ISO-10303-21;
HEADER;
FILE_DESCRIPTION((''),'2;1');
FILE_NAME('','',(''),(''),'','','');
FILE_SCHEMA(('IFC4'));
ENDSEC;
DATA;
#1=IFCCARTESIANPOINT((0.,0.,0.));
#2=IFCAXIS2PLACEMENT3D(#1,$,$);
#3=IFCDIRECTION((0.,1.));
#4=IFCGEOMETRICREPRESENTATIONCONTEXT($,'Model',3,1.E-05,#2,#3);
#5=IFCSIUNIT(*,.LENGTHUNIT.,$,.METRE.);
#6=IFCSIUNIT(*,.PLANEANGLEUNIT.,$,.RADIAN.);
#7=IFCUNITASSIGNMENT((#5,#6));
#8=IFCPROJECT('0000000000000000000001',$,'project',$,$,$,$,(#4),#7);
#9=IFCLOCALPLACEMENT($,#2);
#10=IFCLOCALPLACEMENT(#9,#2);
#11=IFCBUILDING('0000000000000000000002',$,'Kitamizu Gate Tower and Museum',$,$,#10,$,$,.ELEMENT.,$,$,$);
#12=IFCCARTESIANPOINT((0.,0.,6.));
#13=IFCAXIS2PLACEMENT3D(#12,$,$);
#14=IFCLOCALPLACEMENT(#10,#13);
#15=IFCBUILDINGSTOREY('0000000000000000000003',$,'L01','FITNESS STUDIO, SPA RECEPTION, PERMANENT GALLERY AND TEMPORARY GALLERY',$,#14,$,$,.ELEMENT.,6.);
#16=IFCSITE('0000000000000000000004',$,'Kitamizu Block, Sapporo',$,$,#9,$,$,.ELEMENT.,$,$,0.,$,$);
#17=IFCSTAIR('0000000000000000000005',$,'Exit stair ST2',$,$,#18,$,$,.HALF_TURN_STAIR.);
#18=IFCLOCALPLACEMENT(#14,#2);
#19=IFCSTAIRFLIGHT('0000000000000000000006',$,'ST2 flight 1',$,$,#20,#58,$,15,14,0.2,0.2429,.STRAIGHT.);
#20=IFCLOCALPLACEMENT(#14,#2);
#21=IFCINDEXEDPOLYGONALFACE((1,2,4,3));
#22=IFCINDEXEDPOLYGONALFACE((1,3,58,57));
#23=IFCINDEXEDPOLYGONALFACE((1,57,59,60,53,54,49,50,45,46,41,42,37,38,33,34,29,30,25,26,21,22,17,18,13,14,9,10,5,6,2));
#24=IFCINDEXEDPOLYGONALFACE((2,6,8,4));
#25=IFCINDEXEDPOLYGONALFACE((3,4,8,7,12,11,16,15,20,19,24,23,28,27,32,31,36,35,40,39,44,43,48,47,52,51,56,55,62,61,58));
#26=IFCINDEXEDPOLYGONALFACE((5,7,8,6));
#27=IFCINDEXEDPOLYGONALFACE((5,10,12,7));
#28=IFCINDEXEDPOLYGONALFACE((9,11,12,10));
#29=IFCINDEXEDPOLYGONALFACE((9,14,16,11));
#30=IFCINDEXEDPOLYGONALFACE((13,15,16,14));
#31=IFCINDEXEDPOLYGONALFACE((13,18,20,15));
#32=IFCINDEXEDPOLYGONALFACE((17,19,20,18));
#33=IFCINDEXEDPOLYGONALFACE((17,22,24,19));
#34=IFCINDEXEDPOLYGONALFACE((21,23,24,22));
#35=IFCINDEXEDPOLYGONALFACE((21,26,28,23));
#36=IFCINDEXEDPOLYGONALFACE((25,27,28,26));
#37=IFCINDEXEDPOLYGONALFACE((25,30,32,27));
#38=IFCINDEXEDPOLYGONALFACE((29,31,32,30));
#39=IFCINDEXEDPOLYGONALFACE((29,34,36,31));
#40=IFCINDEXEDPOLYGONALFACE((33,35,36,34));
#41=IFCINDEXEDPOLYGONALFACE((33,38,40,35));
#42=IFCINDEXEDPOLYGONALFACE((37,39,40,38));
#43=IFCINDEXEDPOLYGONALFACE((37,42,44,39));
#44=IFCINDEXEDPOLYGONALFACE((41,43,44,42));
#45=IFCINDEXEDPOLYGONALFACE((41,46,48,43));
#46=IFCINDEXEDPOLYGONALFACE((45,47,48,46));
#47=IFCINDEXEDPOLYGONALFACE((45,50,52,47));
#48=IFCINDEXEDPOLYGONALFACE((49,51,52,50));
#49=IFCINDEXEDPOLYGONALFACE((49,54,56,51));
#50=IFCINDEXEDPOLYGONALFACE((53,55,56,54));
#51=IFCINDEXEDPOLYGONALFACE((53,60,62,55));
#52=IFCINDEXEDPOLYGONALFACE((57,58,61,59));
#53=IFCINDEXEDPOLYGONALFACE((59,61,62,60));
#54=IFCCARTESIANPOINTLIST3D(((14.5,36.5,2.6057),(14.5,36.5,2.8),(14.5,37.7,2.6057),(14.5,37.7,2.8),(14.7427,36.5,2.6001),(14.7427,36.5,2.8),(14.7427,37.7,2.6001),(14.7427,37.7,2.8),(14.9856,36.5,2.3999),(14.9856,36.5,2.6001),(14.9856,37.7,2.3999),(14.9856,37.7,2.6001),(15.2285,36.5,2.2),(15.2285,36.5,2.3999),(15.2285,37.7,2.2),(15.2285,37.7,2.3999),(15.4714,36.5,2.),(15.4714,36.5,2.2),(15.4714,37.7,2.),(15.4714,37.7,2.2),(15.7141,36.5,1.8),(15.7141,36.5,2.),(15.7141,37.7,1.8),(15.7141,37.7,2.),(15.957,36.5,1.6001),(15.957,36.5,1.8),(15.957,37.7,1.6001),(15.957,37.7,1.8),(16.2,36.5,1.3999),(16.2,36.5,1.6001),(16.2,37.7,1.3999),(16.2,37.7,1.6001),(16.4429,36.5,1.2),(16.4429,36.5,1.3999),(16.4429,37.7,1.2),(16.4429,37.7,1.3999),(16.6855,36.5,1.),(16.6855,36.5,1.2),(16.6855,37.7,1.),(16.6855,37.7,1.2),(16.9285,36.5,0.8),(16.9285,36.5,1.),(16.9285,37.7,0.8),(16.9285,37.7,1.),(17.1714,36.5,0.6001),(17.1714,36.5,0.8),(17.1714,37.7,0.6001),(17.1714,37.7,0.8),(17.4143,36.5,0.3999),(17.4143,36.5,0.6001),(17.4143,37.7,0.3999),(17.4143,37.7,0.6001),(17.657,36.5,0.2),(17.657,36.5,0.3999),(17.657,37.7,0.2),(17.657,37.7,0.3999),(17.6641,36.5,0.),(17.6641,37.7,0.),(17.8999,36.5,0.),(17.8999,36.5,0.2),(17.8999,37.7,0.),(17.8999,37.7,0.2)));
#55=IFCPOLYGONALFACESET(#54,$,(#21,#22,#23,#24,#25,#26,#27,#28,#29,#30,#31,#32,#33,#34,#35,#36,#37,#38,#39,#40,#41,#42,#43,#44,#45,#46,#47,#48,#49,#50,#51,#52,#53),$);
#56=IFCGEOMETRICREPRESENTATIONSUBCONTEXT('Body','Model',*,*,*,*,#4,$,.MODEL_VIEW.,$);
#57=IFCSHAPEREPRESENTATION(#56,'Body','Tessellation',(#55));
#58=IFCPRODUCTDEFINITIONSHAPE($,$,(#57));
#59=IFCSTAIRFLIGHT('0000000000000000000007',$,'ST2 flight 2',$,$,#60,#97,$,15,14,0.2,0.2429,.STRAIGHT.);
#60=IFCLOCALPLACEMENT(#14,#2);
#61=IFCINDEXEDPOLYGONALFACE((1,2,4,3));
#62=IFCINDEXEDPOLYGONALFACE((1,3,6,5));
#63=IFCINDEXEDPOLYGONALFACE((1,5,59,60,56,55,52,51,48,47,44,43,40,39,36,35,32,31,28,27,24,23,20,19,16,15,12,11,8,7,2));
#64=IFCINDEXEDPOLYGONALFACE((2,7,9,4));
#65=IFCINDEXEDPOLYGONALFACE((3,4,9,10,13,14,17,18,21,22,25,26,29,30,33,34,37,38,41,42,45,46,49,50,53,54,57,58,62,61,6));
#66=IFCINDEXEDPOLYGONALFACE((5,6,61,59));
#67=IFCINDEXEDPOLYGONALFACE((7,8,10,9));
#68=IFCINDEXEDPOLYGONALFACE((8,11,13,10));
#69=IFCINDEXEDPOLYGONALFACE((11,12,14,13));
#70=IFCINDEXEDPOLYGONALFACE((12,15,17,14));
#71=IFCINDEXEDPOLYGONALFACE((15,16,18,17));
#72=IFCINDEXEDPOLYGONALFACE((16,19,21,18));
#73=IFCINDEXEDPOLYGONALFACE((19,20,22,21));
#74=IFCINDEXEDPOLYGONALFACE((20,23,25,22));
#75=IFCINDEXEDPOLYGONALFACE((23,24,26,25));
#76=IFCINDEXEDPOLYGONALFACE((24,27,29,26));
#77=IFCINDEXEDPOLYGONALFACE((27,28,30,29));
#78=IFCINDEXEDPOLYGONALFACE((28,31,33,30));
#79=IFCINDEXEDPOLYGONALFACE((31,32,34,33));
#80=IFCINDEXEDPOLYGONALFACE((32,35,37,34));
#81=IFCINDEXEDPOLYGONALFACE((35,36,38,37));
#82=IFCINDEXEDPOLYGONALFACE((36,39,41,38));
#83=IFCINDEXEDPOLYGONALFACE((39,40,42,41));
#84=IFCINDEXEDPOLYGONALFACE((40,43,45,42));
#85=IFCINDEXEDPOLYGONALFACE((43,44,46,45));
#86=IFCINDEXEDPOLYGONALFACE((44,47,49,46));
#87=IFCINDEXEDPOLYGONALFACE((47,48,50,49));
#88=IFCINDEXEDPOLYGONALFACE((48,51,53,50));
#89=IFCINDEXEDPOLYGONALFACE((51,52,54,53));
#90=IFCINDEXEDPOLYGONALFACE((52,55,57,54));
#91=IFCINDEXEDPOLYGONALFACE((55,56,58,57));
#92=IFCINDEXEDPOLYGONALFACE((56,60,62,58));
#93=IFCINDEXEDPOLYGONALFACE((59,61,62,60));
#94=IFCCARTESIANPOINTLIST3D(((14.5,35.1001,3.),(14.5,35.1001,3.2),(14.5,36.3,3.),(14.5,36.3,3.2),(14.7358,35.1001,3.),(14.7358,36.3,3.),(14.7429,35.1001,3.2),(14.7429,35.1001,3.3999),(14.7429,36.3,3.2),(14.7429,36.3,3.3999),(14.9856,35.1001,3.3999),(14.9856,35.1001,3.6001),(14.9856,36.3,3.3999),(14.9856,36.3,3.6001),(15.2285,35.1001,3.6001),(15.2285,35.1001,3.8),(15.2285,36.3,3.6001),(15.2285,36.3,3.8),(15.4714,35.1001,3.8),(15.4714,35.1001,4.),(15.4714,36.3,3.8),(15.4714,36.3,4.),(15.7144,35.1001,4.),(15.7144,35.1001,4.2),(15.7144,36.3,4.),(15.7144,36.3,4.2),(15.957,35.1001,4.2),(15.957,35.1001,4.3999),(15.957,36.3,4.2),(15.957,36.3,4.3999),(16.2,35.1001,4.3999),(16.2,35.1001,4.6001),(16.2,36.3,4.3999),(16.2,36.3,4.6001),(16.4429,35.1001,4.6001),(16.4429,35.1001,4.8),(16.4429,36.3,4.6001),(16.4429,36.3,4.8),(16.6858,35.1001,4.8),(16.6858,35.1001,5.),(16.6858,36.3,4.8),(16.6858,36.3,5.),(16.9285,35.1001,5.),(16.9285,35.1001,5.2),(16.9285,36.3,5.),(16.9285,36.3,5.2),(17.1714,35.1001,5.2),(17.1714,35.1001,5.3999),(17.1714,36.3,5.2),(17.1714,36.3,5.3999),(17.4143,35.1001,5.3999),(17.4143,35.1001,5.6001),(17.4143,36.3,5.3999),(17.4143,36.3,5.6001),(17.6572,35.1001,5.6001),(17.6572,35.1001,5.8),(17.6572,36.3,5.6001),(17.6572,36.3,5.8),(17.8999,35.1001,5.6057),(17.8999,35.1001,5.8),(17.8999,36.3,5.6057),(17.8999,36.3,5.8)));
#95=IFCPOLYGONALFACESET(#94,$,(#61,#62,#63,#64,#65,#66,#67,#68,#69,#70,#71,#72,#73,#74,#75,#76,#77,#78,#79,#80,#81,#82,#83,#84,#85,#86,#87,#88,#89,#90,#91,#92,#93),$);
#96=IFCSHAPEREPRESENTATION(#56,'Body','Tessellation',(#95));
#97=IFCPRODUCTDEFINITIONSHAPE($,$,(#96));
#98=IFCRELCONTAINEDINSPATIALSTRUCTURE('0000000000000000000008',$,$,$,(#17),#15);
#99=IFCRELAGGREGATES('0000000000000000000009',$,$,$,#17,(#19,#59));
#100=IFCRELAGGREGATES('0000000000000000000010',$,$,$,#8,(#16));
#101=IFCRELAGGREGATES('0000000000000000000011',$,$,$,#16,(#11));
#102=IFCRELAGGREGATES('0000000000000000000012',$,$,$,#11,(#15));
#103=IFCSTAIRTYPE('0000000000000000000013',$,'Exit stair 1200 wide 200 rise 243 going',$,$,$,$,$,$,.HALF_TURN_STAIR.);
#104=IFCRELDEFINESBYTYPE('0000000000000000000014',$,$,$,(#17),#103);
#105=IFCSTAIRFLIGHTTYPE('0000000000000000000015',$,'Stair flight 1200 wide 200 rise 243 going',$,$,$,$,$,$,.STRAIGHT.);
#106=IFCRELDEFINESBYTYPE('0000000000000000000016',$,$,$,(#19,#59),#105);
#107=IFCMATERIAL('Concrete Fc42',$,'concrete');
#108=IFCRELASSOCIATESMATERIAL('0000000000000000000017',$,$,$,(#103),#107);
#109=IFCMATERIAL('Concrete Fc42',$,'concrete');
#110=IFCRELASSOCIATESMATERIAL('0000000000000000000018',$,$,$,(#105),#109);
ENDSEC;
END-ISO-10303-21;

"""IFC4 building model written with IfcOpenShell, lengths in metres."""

from ifc_helpers import new_model, si_unit, direction, frame, origin, place, context, subcontext, project, spatial, polyline, outline, extrude, material, type_object, element, aggregate, save


model = new_model("IFC4")

# Units and contexts
model_context = context("Model", 3, precision=1e-05, world=origin(), true_north=direction((0.0, 1.0)))
body_context = subcontext(model_context, "Body", "Model", "MODEL_VIEW")
ifc_project = project(units=[si_unit("LENGTHUNIT", "METRE"), si_unit("PLANEANGLEUNIT", "RADIAN")], contexts=[model_context])

# Site, building, storey
site_placement = place(None, origin())
site = spatial("IfcSite", under=ifc_project, at=site_placement, Name="Kitamizu Block, Sapporo", CompositionType="ELEMENT", RefElevation=0.0)
building_placement = place(site_placement, origin())
building = spatial("IfcBuilding", under=site, at=building_placement, Name="Kitamizu Gate Tower and Museum", CompositionType="ELEMENT")
storey_placement = place(building_placement, frame((0.0, 0.0, 6.0)))
storey = spatial("IfcBuildingStorey", under=building, at=storey_placement, Name="L01", Description="FITNESS STUDIO, SPA RECEPTION, PERMANENT GALLERY AND TEMPORARY GALLERY", CompositionType="ELEMENT", Elevation=6.0)

# Stair, stair flights
ifc_material_1 = material(Name="Concrete Fc42", Category="concrete")
stair_type = type_object("IfcStairType", Name="Exit stair 1200 wide 200 rise 243 going", PredefinedType="HALF_TURN_STAIR", material=ifc_material_1)
stair_placement = place(storey_placement, origin())
stair = element("IfcStair", 1, at=stair_placement, inside=storey, type_object=stair_type, Name="Exit stair ST2", PredefinedType="HALF_TURN_STAIR")
ifc_material_2 = material(Name="Concrete Fc42", Category="concrete")
stair_flight_type = type_object("IfcStairFlightType", Name="Stair flight 1200 wide 200 rise 243 going", PredefinedType="STRAIGHT", material=ifc_material_2)
stair_flight_1_placement = place(storey_placement, frame((17.8999, 37.1001, 0.0), z_axis=(0.0, 0.0, 1.0), x_axis=(-1.0, 0.0, 0.0)))
stair_flight_1 = element("IfcStairFlight", 2, at=stair_flight_1_placement, type_object=stair_flight_type, Name="ST2 flight 1", NumberOfRisers=15, NumberOfTreads=14, PredefinedType="STRAIGHT", RiserHeight=0.2, TreadLength=0.2429, context=body_context, shape_type="SweptSolid", body=[
    extrude(outline(polyline([(0.0, 0.0), (0.0, 0.2), (0.2429, 0.2), (0.2429, 0.3999), (0.4856, 0.3999), (0.4856, 0.6001), (0.7285, 0.6001), (0.7285, 0.8), (0.9714, 0.8), (0.9714, 1.0), (1.2144, 1.0), (1.2144, 1.2), (1.457, 1.2), (1.457, 1.3999), (1.7, 1.3999), (1.7, 1.6001), (1.9429, 1.6001), (1.9429, 1.8), (2.1858, 1.8), (2.1858, 2.0), (2.4285, 2.0), (2.4285, 2.2), (2.6714, 2.2), (2.6714, 2.3999), (2.9143, 2.3999), (2.9143, 2.6001), (3.1572, 2.6001), (3.1572, 2.8), (3.3999, 2.8), (3.3999, 3.0), (3.3999, 2.6057), (0.2358, 0.0), (0.0, 0.0)])), frame((0.0, 0.6001, 0.0), z_axis=(0.0, -1.0, 0.0), x_axis=(1.0, 0.0, 0.0)), (0.0, 0.0, 1.0), 1.2),
])
stair_flight_2_placement = place(storey_placement, frame((14.5, 35.7, 3.0), z_axis=(0.0, 0.0, 1.0), x_axis=(1.0, 0.0, 0.0)))
stair_flight_2 = element("IfcStairFlight", 3, at=stair_flight_2_placement, type_object=stair_flight_type, Name="ST2 flight 2", NumberOfRisers=15, NumberOfTreads=14, PredefinedType="STRAIGHT", RiserHeight=0.2, TreadLength=0.2429, context=body_context, shape_type="SweptSolid", body=[
    extrude(outline(polyline([(0.0, 0.0), (0.0, 0.2), (0.2429, 0.2), (0.2429, 0.3999), (0.4856, 0.3999), (0.4856, 0.6001), (0.7285, 0.6001), (0.7285, 0.8), (0.9714, 0.8), (0.9714, 1.0), (1.2144, 1.0), (1.2144, 1.2), (1.457, 1.2), (1.457, 1.3999), (1.7, 1.3999), (1.7, 1.6001), (1.9429, 1.6001), (1.9429, 1.8), (2.1858, 1.8), (2.1858, 2.0), (2.4285, 2.0), (2.4285, 2.2), (2.6714, 2.2), (2.6714, 2.3999), (2.9143, 2.3999), (2.9143, 2.6001), (3.1572, 2.6001), (3.1572, 2.8), (3.3999, 2.8), (3.3999, 3.0), (3.3999, 2.6057), (0.2358, 0.0), (0.0, 0.0)])), frame((0.0, 0.6001, 0.0), z_axis=(0.0, -1.0, 0.0), x_axis=(1.0, 0.0, 0.0)), (0.0, 0.0, 1.0), 1.2),
])
aggregate(stair, [stair_flight_1, stair_flight_2])

save(model, "model.ifc")
